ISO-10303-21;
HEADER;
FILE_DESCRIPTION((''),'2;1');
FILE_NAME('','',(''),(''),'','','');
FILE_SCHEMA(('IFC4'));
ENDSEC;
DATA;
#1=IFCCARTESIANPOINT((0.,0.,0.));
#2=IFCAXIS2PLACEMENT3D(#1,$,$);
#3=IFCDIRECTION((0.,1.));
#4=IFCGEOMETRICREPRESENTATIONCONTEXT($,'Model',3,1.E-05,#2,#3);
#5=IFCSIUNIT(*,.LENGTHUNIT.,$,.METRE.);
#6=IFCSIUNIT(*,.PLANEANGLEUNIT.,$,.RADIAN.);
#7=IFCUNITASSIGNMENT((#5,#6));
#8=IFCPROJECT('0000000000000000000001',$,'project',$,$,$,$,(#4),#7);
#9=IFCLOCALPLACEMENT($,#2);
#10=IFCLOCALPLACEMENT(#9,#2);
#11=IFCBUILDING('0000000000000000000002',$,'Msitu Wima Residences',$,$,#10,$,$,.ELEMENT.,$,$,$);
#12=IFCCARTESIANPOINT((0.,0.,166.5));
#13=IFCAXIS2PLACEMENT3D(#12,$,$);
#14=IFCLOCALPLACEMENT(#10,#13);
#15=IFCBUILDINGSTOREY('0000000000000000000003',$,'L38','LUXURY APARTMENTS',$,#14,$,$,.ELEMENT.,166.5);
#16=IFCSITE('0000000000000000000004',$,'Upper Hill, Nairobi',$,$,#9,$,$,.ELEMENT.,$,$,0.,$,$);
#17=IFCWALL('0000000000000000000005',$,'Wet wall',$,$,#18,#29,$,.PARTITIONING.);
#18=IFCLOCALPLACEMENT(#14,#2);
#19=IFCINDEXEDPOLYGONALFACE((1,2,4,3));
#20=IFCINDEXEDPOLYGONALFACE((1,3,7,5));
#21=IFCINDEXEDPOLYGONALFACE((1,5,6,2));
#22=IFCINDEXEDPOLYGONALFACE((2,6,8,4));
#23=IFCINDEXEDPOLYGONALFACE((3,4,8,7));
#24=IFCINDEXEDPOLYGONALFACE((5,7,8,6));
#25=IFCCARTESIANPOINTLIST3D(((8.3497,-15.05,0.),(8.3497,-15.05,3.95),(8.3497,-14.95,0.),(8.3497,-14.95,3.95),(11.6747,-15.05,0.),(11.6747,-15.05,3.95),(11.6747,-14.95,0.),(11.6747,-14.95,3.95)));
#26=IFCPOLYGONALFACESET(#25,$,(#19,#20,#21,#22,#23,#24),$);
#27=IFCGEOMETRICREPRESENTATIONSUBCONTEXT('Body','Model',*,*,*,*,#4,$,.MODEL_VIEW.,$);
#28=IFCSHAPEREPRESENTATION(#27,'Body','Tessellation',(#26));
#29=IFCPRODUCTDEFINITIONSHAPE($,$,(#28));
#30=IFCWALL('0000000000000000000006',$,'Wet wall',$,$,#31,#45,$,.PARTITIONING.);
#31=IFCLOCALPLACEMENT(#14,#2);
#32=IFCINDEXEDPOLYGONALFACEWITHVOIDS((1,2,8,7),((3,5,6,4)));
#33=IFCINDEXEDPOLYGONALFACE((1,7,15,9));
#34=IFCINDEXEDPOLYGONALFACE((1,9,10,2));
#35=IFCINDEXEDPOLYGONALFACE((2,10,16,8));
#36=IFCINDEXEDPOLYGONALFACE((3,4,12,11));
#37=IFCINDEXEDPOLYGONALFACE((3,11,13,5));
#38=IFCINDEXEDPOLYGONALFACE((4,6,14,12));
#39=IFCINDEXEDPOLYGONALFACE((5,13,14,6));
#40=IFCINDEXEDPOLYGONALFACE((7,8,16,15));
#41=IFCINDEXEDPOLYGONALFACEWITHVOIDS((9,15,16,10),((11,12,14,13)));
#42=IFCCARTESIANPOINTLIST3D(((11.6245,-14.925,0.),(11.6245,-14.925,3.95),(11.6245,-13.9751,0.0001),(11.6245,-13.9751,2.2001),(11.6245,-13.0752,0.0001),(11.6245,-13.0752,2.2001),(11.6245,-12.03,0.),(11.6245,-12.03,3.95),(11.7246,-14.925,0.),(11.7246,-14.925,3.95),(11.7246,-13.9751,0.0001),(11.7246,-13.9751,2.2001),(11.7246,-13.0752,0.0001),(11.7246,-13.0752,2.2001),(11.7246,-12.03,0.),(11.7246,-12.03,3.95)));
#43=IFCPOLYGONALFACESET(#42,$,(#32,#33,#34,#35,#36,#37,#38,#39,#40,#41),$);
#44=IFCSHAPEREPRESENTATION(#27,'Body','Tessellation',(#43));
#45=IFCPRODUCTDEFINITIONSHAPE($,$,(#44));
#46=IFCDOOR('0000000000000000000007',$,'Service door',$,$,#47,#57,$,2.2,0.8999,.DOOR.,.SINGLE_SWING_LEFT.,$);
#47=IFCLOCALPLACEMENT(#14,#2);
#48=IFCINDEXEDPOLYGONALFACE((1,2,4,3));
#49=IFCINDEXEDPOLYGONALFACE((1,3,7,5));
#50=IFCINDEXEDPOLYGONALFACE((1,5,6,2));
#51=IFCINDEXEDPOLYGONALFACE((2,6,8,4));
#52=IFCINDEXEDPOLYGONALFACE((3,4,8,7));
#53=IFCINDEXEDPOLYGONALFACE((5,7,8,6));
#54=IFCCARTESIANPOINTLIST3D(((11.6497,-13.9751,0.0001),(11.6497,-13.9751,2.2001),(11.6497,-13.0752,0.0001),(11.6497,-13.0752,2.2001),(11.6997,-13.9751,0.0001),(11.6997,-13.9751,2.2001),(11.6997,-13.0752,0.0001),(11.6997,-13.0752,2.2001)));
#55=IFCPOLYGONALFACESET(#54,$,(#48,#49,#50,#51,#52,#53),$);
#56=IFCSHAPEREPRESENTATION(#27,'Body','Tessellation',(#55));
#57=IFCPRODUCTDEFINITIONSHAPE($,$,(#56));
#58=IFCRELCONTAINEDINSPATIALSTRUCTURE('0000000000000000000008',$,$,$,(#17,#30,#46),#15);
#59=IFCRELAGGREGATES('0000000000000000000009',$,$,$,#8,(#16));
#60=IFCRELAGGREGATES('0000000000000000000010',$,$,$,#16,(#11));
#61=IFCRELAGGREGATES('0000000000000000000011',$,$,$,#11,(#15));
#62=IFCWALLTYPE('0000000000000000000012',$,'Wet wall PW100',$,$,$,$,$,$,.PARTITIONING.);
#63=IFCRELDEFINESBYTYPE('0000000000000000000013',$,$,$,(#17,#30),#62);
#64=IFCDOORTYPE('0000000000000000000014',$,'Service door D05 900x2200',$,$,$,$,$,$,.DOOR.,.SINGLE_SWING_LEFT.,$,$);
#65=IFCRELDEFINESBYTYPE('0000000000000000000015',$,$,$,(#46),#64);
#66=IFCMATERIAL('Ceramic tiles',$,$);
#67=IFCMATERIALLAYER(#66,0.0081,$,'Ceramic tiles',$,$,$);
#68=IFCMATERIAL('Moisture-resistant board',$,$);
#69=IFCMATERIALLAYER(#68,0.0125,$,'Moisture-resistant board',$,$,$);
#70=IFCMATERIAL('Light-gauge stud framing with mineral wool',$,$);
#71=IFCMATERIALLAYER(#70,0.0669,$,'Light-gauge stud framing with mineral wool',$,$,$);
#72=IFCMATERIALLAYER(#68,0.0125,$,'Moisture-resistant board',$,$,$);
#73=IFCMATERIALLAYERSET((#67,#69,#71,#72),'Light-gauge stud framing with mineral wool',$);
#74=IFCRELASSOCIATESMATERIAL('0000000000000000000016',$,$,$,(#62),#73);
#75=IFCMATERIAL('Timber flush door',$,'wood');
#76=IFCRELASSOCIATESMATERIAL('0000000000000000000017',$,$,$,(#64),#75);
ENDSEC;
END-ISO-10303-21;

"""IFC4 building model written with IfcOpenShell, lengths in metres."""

from ifc_helpers import new_model, si_unit, direction, frame, frame_2d, origin, place, context, subcontext, project, spatial, rectangle, extrude, material, layer, layer_set, type_object, element, fill, save


model = new_model("IFC4")

# Units and contexts
model_context = context("Model", 3, precision=1e-05, world=origin(), true_north=direction((0.0, 1.0)))
body_context = subcontext(model_context, "Body", "Model", "MODEL_VIEW")
ifc_project = project(units=[si_unit("LENGTHUNIT", "METRE"), si_unit("PLANEANGLEUNIT", "RADIAN")], contexts=[model_context])

# Site, building, storey
site_placement = place(None, origin())
site = spatial("IfcSite", under=ifc_project, at=site_placement, Name="Upper Hill, Nairobi", CompositionType="ELEMENT", RefElevation=0.0)
building_placement = place(site_placement, origin())
building = spatial("IfcBuilding", under=site, at=building_placement, Name="Msitu Wima Residences", CompositionType="ELEMENT")
storey_placement = place(building_placement, frame((0.0, 0.0, 166.5)))
storey = spatial("IfcBuildingStorey", under=building, at=storey_placement, Name="L38", Description="LUXURY APARTMENTS", CompositionType="ELEMENT", Elevation=166.5)

# Shared definitions
ifc_material_1 = material(Name="Timber flush door", Category="wood")

# Shared definitions
ifc_material_2 = material(Name="Ceramic tiles")
ifc_layer_1 = layer(ifc_material_2, 0.0081, Name="Ceramic tiles")
ifc_material_3 = material(Name="Moisture-resistant board")
ifc_layer_2 = layer(ifc_material_3, 0.0125, Name="Moisture-resistant board")
ifc_material_4 = material(Name="Light-gauge stud framing with mineral wool")
ifc_layer_3 = layer(ifc_material_4, 0.0669, Name="Light-gauge stud framing with mineral wool")
ifc_layer_4 = layer(ifc_material_3, 0.0125, Name="Moisture-resistant board")
ifc_layer_set_1 = layer_set([ifc_layer_1, ifc_layer_2, ifc_layer_3, ifc_layer_4], Name="Light-gauge stud framing with mineral wool")
wall_type_1 = type_object("IfcWallType", Name="Wet wall PW100", PredefinedType="PARTITIONING", material=ifc_layer_set_1)

# Wall
wall_1_placement = place(storey_placement, frame((8.3496, -15.0, 0.0), z_axis=(0.0, 0.0, 1.0), x_axis=(1.0, 0.0, 0.0)))
element("IfcWall", 1, at=wall_1_placement, inside=storey, type_object=wall_type_1, Name="Wet wall", PredefinedType="PARTITIONING", context=body_context, shape_type="SweptSolid", body=[
    extrude(rectangle(XDim=3.325, YDim=0.1001, at=frame_2d((1.6626, 0.0))), origin(), (0.0, 0.0, 1.0), 3.95),
])

# Wall, opening, door
wall_2_placement = place(storey_placement, frame((11.6746, -14.925, 0.0), z_axis=(0.0, 0.0, 1.0), x_axis=(0.0, 1.0, 0.0)))
wall_2 = element("IfcWall", 2, at=wall_2_placement, inside=storey, type_object=wall_type_1, Name="Wet wall", PredefinedType="PARTITIONING", context=body_context, shape_type="SweptSolid", body=[
    extrude(rectangle(XDim=2.895, YDim=0.1001, at=frame_2d((1.4475, 0.0))), origin(), (0.0, 0.0, 1.0), 3.95),
])
opening_1_placement = place(wall_2_placement, frame((0.95, 0.0, 0.0)))
opening_1 = element("IfcOpeningElement", 3, at=opening_1_placement, cuts=wall_2, PredefinedType="OPENING", context=body_context, shape_type="SweptSolid", body=[
    extrude(rectangle(XDim=0.8999, YDim=2.2, at=frame_2d((0.45, 1.1001))), frame((0.0, 0.0601, 0.0), z_axis=(0.0, -1.0, 0.0), x_axis=(1.0, 0.0, 0.0)), (0.0, 0.0, 1.0), 0.1201),
])
door_type_1 = type_object("IfcDoorType", Name="Service door D05 900x2200", OperationType="SINGLE_SWING_LEFT", PredefinedType="DOOR", material=ifc_material_1)
door_1_placement = place(opening_1_placement, origin())
door_1 = element("IfcDoor", 4, at=door_1_placement, inside=storey, type_object=door_type_1, Name="Service door", OperationType="SINGLE_SWING_LEFT", OverallHeight=2.2, OverallWidth=0.8999, PredefinedType="DOOR", context=body_context, shape_type="SweptSolid", body=[
    extrude(rectangle(XDim=0.8999, YDim=2.2, at=frame_2d((0.45, 1.1001))), frame((0.0, 0.0249, 0.0), z_axis=(0.0, -1.0, 0.0), x_axis=(1.0, 0.0, 0.0)), (0.0, 0.0, 1.0), 0.05),
])
fill(opening_1, door_1)

save(model, "model.ifc")
